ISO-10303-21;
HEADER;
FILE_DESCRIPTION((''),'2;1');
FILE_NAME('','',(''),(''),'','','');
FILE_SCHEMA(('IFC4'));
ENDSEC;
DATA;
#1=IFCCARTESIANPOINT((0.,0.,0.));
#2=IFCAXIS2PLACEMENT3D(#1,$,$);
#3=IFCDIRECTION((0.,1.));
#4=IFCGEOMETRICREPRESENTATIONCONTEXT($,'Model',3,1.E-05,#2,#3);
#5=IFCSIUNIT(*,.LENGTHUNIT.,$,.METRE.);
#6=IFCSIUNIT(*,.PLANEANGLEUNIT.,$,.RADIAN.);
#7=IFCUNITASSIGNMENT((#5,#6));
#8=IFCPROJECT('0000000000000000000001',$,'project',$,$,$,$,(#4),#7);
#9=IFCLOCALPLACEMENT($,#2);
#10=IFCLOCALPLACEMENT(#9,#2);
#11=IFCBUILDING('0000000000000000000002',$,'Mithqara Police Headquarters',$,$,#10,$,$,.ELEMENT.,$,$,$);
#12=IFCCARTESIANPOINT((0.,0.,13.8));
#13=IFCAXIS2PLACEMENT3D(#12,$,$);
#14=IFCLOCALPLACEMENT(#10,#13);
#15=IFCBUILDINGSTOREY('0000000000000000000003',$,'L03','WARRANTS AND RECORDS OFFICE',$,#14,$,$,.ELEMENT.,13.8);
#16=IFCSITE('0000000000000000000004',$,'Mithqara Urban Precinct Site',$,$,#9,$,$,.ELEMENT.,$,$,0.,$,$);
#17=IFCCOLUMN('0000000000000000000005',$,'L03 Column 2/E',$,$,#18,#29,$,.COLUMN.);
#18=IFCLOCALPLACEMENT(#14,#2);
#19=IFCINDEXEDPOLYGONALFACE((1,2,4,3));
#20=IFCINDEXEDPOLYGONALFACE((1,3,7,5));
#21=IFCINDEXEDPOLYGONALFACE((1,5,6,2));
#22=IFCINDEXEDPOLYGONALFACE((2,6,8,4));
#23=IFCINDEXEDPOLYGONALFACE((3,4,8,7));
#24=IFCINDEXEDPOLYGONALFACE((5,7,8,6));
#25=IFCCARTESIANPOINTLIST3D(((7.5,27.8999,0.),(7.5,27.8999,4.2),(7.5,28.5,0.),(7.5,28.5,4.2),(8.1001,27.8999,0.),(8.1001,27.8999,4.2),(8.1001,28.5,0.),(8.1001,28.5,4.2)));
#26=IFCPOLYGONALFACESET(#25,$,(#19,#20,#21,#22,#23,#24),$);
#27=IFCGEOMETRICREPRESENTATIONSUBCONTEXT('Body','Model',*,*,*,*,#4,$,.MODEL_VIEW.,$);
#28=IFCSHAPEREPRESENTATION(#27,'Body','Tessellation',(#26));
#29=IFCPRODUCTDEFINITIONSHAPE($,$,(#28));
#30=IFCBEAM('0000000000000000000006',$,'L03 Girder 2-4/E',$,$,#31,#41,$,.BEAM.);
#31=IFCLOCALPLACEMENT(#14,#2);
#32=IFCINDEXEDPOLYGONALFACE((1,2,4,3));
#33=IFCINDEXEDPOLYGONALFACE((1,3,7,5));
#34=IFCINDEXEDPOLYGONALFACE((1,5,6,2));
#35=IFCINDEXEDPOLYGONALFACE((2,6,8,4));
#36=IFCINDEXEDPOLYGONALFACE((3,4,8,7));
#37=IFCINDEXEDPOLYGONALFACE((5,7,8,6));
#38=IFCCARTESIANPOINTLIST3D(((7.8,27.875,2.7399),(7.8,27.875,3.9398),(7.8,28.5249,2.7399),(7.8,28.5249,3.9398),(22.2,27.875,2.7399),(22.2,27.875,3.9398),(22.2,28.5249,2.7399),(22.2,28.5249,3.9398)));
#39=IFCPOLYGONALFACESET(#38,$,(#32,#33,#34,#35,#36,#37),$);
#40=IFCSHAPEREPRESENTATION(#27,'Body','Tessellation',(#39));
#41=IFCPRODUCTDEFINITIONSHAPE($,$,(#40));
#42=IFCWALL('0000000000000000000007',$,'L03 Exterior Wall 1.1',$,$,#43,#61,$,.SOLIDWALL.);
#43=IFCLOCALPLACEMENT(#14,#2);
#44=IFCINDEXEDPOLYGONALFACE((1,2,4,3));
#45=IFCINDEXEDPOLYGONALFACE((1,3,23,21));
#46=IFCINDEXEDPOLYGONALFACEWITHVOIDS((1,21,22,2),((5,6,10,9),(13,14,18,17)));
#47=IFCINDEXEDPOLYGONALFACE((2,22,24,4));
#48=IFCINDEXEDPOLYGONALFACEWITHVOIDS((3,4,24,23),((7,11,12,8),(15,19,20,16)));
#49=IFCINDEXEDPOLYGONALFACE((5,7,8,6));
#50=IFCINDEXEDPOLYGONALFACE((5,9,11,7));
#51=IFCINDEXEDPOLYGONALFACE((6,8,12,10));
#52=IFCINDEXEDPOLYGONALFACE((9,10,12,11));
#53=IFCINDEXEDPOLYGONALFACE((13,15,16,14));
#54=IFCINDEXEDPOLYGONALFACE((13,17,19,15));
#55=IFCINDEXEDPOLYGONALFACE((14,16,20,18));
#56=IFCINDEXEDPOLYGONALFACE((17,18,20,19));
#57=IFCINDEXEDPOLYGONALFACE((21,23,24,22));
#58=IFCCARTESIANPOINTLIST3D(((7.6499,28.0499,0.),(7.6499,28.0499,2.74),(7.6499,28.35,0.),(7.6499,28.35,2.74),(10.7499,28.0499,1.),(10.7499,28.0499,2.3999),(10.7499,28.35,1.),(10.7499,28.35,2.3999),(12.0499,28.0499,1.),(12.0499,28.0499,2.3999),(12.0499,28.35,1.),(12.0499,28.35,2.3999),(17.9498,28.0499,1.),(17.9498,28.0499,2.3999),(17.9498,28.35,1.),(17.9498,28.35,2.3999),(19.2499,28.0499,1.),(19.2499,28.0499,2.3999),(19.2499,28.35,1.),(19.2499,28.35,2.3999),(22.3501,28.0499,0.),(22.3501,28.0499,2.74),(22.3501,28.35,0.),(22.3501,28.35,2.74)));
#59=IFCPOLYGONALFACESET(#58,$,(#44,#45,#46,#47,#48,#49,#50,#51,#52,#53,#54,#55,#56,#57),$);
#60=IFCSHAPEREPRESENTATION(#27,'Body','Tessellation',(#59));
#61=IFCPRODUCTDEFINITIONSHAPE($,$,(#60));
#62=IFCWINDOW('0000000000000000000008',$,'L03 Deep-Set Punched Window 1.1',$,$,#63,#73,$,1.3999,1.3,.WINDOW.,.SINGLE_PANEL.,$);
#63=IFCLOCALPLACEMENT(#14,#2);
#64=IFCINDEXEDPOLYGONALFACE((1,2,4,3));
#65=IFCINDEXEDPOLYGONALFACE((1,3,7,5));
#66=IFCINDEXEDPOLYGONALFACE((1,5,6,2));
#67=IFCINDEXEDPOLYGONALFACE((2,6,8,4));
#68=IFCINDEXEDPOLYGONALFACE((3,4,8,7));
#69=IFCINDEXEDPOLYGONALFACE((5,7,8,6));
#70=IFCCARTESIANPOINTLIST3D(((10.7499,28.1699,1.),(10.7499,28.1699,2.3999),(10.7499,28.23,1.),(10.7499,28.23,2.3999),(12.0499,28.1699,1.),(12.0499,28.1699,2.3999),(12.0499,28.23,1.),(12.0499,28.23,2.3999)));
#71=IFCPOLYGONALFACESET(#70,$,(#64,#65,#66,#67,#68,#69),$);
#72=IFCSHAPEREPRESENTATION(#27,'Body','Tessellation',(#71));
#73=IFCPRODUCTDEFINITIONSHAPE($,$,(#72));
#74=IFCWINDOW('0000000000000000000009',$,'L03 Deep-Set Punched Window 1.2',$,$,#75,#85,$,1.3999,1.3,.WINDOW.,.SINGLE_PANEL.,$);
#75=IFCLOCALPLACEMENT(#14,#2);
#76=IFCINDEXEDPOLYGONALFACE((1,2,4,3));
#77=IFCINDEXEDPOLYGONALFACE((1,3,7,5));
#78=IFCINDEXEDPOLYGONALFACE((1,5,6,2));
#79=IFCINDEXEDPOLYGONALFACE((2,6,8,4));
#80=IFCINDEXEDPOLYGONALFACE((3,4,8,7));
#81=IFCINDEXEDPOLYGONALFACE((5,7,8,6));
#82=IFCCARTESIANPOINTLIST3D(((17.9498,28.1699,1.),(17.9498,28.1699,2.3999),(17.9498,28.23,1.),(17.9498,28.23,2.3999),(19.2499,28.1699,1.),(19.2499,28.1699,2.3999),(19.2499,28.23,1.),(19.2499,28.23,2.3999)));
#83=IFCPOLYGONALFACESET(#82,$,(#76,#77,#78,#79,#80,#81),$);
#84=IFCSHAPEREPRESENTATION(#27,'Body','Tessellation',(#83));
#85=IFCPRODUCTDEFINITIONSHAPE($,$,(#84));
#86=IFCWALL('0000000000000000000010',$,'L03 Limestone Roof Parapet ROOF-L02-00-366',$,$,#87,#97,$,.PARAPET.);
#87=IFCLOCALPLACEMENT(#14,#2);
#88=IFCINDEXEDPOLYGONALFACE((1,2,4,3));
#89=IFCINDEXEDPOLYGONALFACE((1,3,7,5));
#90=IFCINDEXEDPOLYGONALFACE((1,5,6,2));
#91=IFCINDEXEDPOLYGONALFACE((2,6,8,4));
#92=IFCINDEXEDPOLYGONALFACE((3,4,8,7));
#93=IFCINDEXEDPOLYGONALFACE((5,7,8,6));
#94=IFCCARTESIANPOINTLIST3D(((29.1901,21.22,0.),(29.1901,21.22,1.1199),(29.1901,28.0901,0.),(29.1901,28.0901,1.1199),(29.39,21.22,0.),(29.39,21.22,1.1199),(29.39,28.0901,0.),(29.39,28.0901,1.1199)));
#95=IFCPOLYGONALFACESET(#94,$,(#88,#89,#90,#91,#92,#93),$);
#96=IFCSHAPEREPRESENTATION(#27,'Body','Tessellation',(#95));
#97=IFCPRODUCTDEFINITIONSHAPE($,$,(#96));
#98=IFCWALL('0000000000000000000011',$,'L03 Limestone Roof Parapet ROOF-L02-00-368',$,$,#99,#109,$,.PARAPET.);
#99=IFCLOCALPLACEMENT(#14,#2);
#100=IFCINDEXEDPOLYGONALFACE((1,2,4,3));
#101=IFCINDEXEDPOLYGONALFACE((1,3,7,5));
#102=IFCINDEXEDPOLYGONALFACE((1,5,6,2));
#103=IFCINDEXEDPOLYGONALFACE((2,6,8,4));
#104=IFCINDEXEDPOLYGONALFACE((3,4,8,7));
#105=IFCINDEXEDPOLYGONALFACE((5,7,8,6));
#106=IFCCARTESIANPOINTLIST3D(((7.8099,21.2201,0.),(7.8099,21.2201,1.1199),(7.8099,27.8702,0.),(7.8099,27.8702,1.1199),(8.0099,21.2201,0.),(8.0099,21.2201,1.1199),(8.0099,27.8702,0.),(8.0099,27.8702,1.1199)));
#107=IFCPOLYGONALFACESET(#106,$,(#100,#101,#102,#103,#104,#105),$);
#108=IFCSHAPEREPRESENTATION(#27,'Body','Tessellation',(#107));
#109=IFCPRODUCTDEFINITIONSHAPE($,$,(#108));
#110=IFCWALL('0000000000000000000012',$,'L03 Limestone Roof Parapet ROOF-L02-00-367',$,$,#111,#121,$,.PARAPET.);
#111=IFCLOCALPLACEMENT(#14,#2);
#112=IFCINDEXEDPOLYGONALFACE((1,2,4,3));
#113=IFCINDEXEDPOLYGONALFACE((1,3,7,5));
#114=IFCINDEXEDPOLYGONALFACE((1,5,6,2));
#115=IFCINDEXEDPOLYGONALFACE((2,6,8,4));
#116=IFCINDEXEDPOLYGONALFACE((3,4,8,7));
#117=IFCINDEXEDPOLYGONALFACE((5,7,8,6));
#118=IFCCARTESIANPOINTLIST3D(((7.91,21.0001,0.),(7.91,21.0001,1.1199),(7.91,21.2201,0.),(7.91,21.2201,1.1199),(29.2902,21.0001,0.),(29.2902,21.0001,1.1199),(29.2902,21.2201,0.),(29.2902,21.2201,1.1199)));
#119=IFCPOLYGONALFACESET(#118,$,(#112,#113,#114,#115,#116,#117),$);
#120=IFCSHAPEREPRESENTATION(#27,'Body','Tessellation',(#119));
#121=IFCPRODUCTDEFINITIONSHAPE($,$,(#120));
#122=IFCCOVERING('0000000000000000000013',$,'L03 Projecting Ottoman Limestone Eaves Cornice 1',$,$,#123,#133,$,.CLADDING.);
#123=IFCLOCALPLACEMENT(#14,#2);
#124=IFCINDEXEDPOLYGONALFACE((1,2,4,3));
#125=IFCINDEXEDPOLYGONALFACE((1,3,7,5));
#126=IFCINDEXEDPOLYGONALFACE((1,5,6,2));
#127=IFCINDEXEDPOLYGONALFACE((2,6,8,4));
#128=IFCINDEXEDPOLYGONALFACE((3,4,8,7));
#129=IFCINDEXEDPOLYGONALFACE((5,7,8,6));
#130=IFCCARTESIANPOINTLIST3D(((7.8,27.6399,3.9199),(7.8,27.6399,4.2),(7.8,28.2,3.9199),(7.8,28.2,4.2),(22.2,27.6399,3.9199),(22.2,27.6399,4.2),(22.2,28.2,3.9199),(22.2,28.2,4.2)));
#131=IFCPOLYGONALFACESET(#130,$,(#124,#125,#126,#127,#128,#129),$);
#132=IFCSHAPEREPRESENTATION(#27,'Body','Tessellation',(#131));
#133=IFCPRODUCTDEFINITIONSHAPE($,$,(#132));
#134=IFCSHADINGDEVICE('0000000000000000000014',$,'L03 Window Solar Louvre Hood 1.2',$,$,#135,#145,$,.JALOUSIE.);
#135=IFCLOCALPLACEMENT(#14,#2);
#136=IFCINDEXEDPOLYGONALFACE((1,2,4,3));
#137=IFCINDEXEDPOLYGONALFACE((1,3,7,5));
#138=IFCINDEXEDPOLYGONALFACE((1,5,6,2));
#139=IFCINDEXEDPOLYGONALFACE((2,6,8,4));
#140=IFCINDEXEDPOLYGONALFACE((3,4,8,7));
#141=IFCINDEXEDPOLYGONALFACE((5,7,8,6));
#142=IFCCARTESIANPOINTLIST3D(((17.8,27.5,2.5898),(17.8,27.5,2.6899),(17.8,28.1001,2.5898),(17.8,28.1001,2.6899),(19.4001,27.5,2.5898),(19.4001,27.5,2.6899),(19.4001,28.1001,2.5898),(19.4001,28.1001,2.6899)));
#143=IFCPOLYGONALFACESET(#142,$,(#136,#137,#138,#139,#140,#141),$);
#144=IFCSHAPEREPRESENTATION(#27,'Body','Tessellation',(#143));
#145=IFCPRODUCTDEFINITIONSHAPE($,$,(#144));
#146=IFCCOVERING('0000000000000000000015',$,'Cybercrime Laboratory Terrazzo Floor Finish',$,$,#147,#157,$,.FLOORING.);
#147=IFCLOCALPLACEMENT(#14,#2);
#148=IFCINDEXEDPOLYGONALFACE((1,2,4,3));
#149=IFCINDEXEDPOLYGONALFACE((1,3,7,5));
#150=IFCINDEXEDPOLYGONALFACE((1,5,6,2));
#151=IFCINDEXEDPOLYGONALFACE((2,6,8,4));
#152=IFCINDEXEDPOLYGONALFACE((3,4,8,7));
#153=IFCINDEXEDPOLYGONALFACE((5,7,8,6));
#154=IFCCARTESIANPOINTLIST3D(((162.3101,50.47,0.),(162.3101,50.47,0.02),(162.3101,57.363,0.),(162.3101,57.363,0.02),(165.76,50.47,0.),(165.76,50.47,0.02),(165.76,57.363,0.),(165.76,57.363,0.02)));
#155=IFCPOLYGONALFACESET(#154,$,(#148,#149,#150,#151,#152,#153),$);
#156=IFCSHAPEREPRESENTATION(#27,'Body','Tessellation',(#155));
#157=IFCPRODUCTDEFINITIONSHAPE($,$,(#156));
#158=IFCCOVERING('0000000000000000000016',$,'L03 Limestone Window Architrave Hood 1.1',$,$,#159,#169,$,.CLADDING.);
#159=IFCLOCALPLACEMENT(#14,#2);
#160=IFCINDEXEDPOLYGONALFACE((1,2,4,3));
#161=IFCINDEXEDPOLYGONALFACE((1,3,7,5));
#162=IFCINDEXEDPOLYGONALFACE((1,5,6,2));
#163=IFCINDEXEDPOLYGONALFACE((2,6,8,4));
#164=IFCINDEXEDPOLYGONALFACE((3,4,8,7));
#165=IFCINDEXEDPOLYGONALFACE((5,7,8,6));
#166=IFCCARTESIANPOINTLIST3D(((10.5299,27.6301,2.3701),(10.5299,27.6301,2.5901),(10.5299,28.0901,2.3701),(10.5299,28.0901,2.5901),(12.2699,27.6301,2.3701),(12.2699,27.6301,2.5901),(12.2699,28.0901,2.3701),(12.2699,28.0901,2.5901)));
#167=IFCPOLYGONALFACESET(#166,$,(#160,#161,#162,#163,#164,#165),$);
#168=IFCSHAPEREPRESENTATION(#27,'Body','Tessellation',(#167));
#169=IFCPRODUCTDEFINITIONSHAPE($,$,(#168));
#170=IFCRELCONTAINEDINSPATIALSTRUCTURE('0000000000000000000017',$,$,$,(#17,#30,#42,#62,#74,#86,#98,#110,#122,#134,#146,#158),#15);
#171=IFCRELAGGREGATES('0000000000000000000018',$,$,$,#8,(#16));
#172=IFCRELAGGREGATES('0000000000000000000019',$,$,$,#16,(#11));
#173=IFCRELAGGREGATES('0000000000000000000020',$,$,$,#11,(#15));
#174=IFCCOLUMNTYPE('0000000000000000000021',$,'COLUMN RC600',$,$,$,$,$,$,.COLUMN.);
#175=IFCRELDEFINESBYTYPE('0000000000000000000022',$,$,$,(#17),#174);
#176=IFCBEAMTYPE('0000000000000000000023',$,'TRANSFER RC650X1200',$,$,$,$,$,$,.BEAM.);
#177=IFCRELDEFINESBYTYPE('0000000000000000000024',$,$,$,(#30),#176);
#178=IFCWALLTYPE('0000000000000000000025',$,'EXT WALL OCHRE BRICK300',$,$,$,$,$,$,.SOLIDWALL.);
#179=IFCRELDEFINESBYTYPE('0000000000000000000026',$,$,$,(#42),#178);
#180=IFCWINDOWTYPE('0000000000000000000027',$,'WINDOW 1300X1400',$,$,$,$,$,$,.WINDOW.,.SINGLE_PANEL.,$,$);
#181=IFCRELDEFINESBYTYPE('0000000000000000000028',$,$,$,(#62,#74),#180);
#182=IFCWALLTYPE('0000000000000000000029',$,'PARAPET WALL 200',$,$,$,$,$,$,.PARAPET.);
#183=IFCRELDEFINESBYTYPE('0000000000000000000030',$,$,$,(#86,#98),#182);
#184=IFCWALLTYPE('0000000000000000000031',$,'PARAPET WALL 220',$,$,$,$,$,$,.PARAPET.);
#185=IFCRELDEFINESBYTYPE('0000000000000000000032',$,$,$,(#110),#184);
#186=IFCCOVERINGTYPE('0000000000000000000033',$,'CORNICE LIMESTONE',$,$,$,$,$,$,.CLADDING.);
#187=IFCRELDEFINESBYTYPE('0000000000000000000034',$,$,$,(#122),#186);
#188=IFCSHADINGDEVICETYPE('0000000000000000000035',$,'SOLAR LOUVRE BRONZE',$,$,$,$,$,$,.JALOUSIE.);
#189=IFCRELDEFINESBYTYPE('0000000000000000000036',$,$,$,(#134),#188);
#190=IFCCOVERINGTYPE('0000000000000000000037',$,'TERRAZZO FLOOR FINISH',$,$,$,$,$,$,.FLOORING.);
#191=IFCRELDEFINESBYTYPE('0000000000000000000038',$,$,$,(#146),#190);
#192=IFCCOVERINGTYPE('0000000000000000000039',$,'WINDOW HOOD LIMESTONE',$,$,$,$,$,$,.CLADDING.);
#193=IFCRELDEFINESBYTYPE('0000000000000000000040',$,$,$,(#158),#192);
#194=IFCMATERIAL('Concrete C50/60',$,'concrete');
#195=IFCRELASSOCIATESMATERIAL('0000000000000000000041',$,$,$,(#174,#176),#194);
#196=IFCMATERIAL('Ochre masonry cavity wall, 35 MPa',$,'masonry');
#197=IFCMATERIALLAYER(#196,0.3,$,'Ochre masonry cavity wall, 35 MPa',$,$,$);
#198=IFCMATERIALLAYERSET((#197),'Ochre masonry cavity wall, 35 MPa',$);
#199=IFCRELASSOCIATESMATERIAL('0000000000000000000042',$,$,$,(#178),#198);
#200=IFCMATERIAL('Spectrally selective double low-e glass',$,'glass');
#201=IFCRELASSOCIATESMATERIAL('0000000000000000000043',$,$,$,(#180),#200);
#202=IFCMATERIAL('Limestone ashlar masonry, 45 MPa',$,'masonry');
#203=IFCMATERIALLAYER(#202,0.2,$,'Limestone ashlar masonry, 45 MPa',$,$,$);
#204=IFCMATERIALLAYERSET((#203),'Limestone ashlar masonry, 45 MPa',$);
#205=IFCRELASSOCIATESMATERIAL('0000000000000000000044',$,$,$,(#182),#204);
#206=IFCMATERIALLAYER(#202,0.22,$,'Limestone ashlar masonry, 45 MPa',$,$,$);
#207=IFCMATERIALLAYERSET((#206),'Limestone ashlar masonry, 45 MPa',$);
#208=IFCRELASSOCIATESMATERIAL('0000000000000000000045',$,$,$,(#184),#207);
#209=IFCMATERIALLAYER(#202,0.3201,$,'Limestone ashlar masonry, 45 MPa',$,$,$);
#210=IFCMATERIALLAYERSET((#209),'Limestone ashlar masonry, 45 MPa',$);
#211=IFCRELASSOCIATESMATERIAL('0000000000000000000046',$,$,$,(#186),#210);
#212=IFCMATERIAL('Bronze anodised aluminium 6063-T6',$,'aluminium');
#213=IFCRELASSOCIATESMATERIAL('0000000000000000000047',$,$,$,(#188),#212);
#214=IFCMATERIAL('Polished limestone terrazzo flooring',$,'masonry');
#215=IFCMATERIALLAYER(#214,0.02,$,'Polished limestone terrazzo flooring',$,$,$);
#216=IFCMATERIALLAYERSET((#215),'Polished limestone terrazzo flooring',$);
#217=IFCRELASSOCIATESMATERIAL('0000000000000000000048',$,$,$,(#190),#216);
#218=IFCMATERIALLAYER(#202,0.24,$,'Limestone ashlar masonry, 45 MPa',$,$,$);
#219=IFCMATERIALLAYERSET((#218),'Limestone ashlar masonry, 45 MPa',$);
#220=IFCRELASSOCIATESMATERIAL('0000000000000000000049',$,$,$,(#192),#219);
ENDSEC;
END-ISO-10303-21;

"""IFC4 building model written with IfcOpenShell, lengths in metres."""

from ifc_helpers import new_model, si_unit, direction, frame, frame_2d, origin, origin_2d, place, context, subcontext, project, spatial, polyline, rectangle, outline, extrude, material, layer, layer_set, material_profile, profile_set, type_object, element, fill, save


model = new_model("IFC4")

# Units and contexts
model_context = context("Model", 3, precision=1e-05, world=origin(), true_north=direction((0.0, 1.0)))
body_context = subcontext(model_context, "Body", "Model", "MODEL_VIEW")
ifc_project = project(units=[si_unit("LENGTHUNIT", "METRE"), si_unit("PLANEANGLEUNIT", "RADIAN")], contexts=[model_context])

# Site, building, storey
site_placement = place(None, origin())
site = spatial("IfcSite", under=ifc_project, at=site_placement, Name="Mithqara Urban Precinct Site", CompositionType="ELEMENT", RefElevation=0.0)
building_placement = place(site_placement, origin())
building = spatial("IfcBuilding", under=site, at=building_placement, Name="Mithqara Police Headquarters", CompositionType="ELEMENT")
storey_placement = place(building_placement, frame((0.0, 0.0, 13.8)))
storey = spatial("IfcBuildingStorey", under=building, at=storey_placement, Name="L03", Description="WARRANTS AND RECORDS OFFICE", CompositionType="ELEMENT", Elevation=13.8)

# Column
ifc_material_1 = material(Name="Concrete C50/60", Category="concrete")
ifc_material_profile_1 = material_profile(ifc_material_1, rectangle(XDim=0.6001, YDim=0.6001, at=origin_2d()), Name="RC 600x600")
ifc_profile_set_1 = profile_set([ifc_material_profile_1], Name="Concrete C50/60")
column_type = type_object("IfcColumnType", Name="COLUMN RC600", PredefinedType="COLUMN", material=ifc_profile_set_1)
column_placement = place(storey_placement, frame((7.8, 28.2, 0.0), z_axis=(0.0, 0.0, 1.0), x_axis=(1.0, 0.0, 0.0)))
element("IfcColumn", 1, at=column_placement, inside=storey, type_object=column_type, Name="L03 Column 2/E", PredefinedType="COLUMN", context=body_context, shape_type="SweptSolid", body=[
    extrude(rectangle(XDim=0.6001, YDim=0.6001, at=origin_2d()), origin(), (0.0, 0.0, 1.0), 4.2),
])

# Beam
ifc_material_profile_2 = material_profile(ifc_material_1, rectangle(XDim=0.6499, YDim=1.2, at=origin_2d()), Name="RC 650x1200")
ifc_profile_set_2 = profile_set([ifc_material_profile_2], Name="Concrete C50/60")
beam_type = type_object("IfcBeamType", Name="TRANSFER RC650X1200", PredefinedType="BEAM", material=ifc_profile_set_2)
beam_placement = place(storey_placement, frame((7.8, 28.2, 3.3398), z_axis=(1.0, 0.0, 0.0), x_axis=(0.0, 1.0, 0.0)))
element("IfcBeam", 2, at=beam_placement, inside=storey, type_object=beam_type, Name="L03 Girder 2-4/E", PredefinedType="BEAM", context=body_context, shape_type="SweptSolid", body=[
    extrude(rectangle(XDim=0.6499, YDim=1.2, at=origin_2d()), origin(), (0.0, 0.0, 1.0), 14.3999),
])

# Wall, openings, windows
ifc_material_2 = material(Name="Ochre masonry cavity wall, 35 MPa", Category="masonry")
ifc_layer_1 = layer(ifc_material_2, 0.3, Name="Ochre masonry cavity wall, 35 MPa")
ifc_layer_set_1 = layer_set([ifc_layer_1], Name="Ochre masonry cavity wall, 35 MPa")
wall_type_1 = type_object("IfcWallType", Name="EXT WALL OCHRE BRICK300", PredefinedType="SOLIDWALL", material=ifc_layer_set_1)
wall_1_placement = place(storey_placement, frame((7.6499, 28.2, 0.0), z_axis=(0.0, 0.0, 1.0), x_axis=(1.0, 0.0, 0.0)))
wall_1 = element("IfcWall", 3, at=wall_1_placement, inside=storey, type_object=wall_type_1, Name="L03 Exterior Wall 1.1", PredefinedType="SOLIDWALL", context=body_context, shape_type="SweptSolid", body=[
    extrude(rectangle(XDim=14.7002, YDim=0.3, at=frame_2d((7.3501, 0.0))), origin(), (0.0, 0.0, 1.0), 2.74),
])
opening_1_placement = place(wall_1_placement, frame((3.1001, 0.0, 1.0)))
opening_1 = element("IfcOpeningElement", 4, at=opening_1_placement, cuts=wall_1, PredefinedType="OPENING", context=body_context, shape_type="SweptSolid", body=[
    extrude(rectangle(XDim=1.3, YDim=1.3999, at=frame_2d((0.6499, 0.7))), frame((0.0, 0.1602, 0.0), z_axis=(0.0, -1.0, 0.0), x_axis=(1.0, 0.0, 0.0)), (0.0, 0.0, 1.0), 0.3201),
])
opening_2_placement = place(wall_1_placement, frame((10.3, 0.0, 1.0)))
opening_2 = element("IfcOpeningElement", 5, at=opening_2_placement, cuts=wall_1, PredefinedType="OPENING", context=body_context, shape_type="SweptSolid", body=[
    extrude(rectangle(XDim=1.3, YDim=1.3999, at=frame_2d((0.6499, 0.7))), frame((0.0, 0.1602, 0.0), z_axis=(0.0, -1.0, 0.0), x_axis=(1.0, 0.0, 0.0)), (0.0, 0.0, 1.0), 0.3201),
])
ifc_material_3 = material(Name="Spectrally selective double low-e glass", Category="glass")
window_type = type_object("IfcWindowType", Name="WINDOW 1300X1400", PartitioningType="SINGLE_PANEL", PredefinedType="WINDOW", material=ifc_material_3)
window_1_placement = place(opening_1_placement, origin())
window_1 = element("IfcWindow", 6, at=window_1_placement, inside=storey, type_object=window_type, Name="L03 Deep-Set Punched Window 1.1", OverallHeight=1.3999, OverallWidth=1.3, PartitioningType="SINGLE_PANEL", PredefinedType="WINDOW", context=body_context, shape_type="SweptSolid", body=[
    extrude(rectangle(XDim=1.3, YDim=1.3999, at=frame_2d((0.6499, 0.7))), frame((0.0, 0.03, 0.0), z_axis=(0.0, -1.0, 0.0), x_axis=(1.0, 0.0, 0.0)), (0.0, 0.0, 1.0), 0.0601),
])
fill(opening_1, window_1)
window_2_placement = place(opening_2_placement, origin())
window_2 = element("IfcWindow", 7, at=window_2_placement, inside=storey, type_object=window_type, Name="L03 Deep-Set Punched Window 1.2", OverallHeight=1.3999, OverallWidth=1.3, PartitioningType="SINGLE_PANEL", PredefinedType="WINDOW", context=body_context, shape_type="SweptSolid", body=[
    extrude(rectangle(XDim=1.3, YDim=1.3999, at=frame_2d((0.6499, 0.7))), frame((0.0, 0.03, 0.0), z_axis=(0.0, -1.0, 0.0), x_axis=(1.0, 0.0, 0.0)), (0.0, 0.0, 1.0), 0.0601),
])
fill(opening_2, window_2)

# Walls
ifc_material_4 = material(Name="Limestone ashlar masonry, 45 MPa", Category="masonry")
ifc_layer_2 = layer(ifc_material_4, 0.2, Name="Limestone ashlar masonry, 45 MPa")
ifc_layer_set_2 = layer_set([ifc_layer_2], Name="Limestone ashlar masonry, 45 MPa")
wall_type_2 = type_object("IfcWallType", Name="PARAPET WALL 200", PredefinedType="PARAPET", material=ifc_layer_set_2)
wall_2_placement = place(storey_placement, frame((29.29, 28.0901, 0.0), z_axis=(0.0, 0.0, 1.0), x_axis=(0.0, -1.0, 0.0)))
element("IfcWall", 8, at=wall_2_placement, inside=storey, type_object=wall_type_2, Name="L03 Limestone Roof Parapet ROOF-L02-00-366", PredefinedType="PARAPET", context=body_context, shape_type="SweptSolid", body=[
    extrude(rectangle(XDim=6.8701, YDim=0.2, at=frame_2d((3.4351, 0.0))), origin(), (0.0, 0.0, 1.0), 1.1199),
])
wall_3_placement = place(storey_placement, frame((7.9099, 21.22, 0.0), z_axis=(0.0, 0.0, 1.0), x_axis=(0.0, 1.0, 0.0)))
element("IfcWall", 9, at=wall_3_placement, inside=storey, type_object=wall_type_2, Name="L03 Limestone Roof Parapet ROOF-L02-00-368", PredefinedType="PARAPET", context=body_context, shape_type="SweptSolid", body=[
    extrude(rectangle(XDim=6.6501, YDim=0.2, at=frame_2d((3.3252, 0.0))), origin(), (0.0, 0.0, 1.0), 1.1199),
])
ifc_layer_3 = layer(ifc_material_4, 0.22, Name="Limestone ashlar masonry, 45 MPa")
ifc_layer_set_3 = layer_set([ifc_layer_3], Name="Limestone ashlar masonry, 45 MPa")
wall_type_3 = type_object("IfcWallType", Name="PARAPET WALL 220", PredefinedType="PARAPET", material=ifc_layer_set_3)
wall_4_placement = place(storey_placement, frame((29.29, 21.1101, 0.0), z_axis=(0.0, 0.0, 1.0), x_axis=(-1.0, 0.0, 0.0)))
element("IfcWall", 10, at=wall_4_placement, inside=storey, type_object=wall_type_3, Name="L03 Limestone Roof Parapet ROOF-L02-00-367", PredefinedType="PARAPET", context=body_context, shape_type="SweptSolid", body=[
    extrude(rectangle(XDim=21.3801, YDim=0.22, at=frame_2d((10.6899, 0.0))), origin(), (0.0, 0.0, 1.0), 1.1199),
])

# Covering
ifc_layer_4 = layer(ifc_material_4, 0.3201, Name="Limestone ashlar masonry, 45 MPa")
ifc_layer_set_4 = layer_set([ifc_layer_4], Name="Limestone ashlar masonry, 45 MPa")
covering_type_1 = type_object("IfcCoveringType", Name="CORNICE LIMESTONE", PredefinedType="CLADDING", material=ifc_layer_set_4)
covering_1_placement = place(storey_placement, frame((15.0, 27.9199, 3.9199), z_axis=(0.0, 0.0, 1.0), x_axis=(1.0, 0.0, 0.0)))
element("IfcCovering", 11, at=covering_1_placement, inside=storey, type_object=covering_type_1, Name="L03 Projecting Ottoman Limestone Eaves Cornice 1", PredefinedType="CLADDING", context=body_context, shape_type="SweptSolid", body=[
    extrude(rectangle(XDim=14.3999, YDim=0.5601, at=origin_2d()), origin(), (0.0, 0.0, 1.0), 0.28),
])

# Shading device
ifc_material_5 = material(Name="Bronze anodised aluminium 6063-T6", Category="aluminium")
shading_device_type = type_object("IfcShadingDeviceType", Name="SOLAR LOUVRE BRONZE", PredefinedType="JALOUSIE", material=ifc_material_5)
shading_device_placement = place(storey_placement, frame((18.6001, 27.8, 2.5898), z_axis=(0.0, 0.0, 1.0), x_axis=(1.0, 0.0, 0.0)))
element("IfcShadingDevice", 12, at=shading_device_placement, inside=storey, type_object=shading_device_type, Name="L03 Window Solar Louvre Hood 1.2", PredefinedType="JALOUSIE", context=body_context, shape_type="SweptSolid", body=[
    extrude(rectangle(XDim=1.6001, YDim=0.6001, at=origin_2d()), origin(), (0.0, 0.0, 1.0), 0.1001),
])

# Coverings
ifc_material_6 = material(Name="Polished limestone terrazzo flooring", Category="masonry")
ifc_layer_5 = layer(ifc_material_6, 0.02, Name="Polished limestone terrazzo flooring")
ifc_layer_set_5 = layer_set([ifc_layer_5], Name="Polished limestone terrazzo flooring")
covering_type_2 = type_object("IfcCoveringType", Name="TERRAZZO FLOOR FINISH", PredefinedType="FLOORING", material=ifc_layer_set_5)
covering_2_placement = place(storey_placement, origin())
element("IfcCovering", 13, at=covering_2_placement, inside=storey, type_object=covering_type_2, Name="Cybercrime Laboratory Terrazzo Floor Finish", PredefinedType="FLOORING", context=body_context, shape_type="SweptSolid", body=[
    extrude(outline(polyline([(162.3101, 50.47), (165.76, 50.47), (165.76, 57.363), (162.3101, 57.363), (162.3101, 50.47)])), origin(), (0.0, 0.0, 1.0), 0.02),
])
ifc_layer_6 = layer(ifc_material_4, 0.24, Name="Limestone ashlar masonry, 45 MPa")
ifc_layer_set_6 = layer_set([ifc_layer_6], Name="Limestone ashlar masonry, 45 MPa")
covering_type_3 = type_object("IfcCoveringType", Name="WINDOW HOOD LIMESTONE", PredefinedType="CLADDING", material=ifc_layer_set_6)
for number, where, z_axis, x_axis, name in (
    (14, (11.3999, 27.8601, 2.3701), (0.0, 0.0, 1.0), (1.0, 0.0, 0.0), "L03 Limestone Window Architrave Hood 1.1"),
):
    element("IfcCovering", number, at=place(storey_placement, frame(where, z_axis=z_axis, x_axis=x_axis)), inside=storey, type_object=covering_type_3, Name=name, PredefinedType="CLADDING", context=body_context, shape_type="SweptSolid", body=[
        extrude(rectangle(XDim=1.74, YDim=0.46, at=origin_2d()), origin(), (0.0, 0.0, 1.0), 0.22),
    ])

save(model, "model.ifc")
